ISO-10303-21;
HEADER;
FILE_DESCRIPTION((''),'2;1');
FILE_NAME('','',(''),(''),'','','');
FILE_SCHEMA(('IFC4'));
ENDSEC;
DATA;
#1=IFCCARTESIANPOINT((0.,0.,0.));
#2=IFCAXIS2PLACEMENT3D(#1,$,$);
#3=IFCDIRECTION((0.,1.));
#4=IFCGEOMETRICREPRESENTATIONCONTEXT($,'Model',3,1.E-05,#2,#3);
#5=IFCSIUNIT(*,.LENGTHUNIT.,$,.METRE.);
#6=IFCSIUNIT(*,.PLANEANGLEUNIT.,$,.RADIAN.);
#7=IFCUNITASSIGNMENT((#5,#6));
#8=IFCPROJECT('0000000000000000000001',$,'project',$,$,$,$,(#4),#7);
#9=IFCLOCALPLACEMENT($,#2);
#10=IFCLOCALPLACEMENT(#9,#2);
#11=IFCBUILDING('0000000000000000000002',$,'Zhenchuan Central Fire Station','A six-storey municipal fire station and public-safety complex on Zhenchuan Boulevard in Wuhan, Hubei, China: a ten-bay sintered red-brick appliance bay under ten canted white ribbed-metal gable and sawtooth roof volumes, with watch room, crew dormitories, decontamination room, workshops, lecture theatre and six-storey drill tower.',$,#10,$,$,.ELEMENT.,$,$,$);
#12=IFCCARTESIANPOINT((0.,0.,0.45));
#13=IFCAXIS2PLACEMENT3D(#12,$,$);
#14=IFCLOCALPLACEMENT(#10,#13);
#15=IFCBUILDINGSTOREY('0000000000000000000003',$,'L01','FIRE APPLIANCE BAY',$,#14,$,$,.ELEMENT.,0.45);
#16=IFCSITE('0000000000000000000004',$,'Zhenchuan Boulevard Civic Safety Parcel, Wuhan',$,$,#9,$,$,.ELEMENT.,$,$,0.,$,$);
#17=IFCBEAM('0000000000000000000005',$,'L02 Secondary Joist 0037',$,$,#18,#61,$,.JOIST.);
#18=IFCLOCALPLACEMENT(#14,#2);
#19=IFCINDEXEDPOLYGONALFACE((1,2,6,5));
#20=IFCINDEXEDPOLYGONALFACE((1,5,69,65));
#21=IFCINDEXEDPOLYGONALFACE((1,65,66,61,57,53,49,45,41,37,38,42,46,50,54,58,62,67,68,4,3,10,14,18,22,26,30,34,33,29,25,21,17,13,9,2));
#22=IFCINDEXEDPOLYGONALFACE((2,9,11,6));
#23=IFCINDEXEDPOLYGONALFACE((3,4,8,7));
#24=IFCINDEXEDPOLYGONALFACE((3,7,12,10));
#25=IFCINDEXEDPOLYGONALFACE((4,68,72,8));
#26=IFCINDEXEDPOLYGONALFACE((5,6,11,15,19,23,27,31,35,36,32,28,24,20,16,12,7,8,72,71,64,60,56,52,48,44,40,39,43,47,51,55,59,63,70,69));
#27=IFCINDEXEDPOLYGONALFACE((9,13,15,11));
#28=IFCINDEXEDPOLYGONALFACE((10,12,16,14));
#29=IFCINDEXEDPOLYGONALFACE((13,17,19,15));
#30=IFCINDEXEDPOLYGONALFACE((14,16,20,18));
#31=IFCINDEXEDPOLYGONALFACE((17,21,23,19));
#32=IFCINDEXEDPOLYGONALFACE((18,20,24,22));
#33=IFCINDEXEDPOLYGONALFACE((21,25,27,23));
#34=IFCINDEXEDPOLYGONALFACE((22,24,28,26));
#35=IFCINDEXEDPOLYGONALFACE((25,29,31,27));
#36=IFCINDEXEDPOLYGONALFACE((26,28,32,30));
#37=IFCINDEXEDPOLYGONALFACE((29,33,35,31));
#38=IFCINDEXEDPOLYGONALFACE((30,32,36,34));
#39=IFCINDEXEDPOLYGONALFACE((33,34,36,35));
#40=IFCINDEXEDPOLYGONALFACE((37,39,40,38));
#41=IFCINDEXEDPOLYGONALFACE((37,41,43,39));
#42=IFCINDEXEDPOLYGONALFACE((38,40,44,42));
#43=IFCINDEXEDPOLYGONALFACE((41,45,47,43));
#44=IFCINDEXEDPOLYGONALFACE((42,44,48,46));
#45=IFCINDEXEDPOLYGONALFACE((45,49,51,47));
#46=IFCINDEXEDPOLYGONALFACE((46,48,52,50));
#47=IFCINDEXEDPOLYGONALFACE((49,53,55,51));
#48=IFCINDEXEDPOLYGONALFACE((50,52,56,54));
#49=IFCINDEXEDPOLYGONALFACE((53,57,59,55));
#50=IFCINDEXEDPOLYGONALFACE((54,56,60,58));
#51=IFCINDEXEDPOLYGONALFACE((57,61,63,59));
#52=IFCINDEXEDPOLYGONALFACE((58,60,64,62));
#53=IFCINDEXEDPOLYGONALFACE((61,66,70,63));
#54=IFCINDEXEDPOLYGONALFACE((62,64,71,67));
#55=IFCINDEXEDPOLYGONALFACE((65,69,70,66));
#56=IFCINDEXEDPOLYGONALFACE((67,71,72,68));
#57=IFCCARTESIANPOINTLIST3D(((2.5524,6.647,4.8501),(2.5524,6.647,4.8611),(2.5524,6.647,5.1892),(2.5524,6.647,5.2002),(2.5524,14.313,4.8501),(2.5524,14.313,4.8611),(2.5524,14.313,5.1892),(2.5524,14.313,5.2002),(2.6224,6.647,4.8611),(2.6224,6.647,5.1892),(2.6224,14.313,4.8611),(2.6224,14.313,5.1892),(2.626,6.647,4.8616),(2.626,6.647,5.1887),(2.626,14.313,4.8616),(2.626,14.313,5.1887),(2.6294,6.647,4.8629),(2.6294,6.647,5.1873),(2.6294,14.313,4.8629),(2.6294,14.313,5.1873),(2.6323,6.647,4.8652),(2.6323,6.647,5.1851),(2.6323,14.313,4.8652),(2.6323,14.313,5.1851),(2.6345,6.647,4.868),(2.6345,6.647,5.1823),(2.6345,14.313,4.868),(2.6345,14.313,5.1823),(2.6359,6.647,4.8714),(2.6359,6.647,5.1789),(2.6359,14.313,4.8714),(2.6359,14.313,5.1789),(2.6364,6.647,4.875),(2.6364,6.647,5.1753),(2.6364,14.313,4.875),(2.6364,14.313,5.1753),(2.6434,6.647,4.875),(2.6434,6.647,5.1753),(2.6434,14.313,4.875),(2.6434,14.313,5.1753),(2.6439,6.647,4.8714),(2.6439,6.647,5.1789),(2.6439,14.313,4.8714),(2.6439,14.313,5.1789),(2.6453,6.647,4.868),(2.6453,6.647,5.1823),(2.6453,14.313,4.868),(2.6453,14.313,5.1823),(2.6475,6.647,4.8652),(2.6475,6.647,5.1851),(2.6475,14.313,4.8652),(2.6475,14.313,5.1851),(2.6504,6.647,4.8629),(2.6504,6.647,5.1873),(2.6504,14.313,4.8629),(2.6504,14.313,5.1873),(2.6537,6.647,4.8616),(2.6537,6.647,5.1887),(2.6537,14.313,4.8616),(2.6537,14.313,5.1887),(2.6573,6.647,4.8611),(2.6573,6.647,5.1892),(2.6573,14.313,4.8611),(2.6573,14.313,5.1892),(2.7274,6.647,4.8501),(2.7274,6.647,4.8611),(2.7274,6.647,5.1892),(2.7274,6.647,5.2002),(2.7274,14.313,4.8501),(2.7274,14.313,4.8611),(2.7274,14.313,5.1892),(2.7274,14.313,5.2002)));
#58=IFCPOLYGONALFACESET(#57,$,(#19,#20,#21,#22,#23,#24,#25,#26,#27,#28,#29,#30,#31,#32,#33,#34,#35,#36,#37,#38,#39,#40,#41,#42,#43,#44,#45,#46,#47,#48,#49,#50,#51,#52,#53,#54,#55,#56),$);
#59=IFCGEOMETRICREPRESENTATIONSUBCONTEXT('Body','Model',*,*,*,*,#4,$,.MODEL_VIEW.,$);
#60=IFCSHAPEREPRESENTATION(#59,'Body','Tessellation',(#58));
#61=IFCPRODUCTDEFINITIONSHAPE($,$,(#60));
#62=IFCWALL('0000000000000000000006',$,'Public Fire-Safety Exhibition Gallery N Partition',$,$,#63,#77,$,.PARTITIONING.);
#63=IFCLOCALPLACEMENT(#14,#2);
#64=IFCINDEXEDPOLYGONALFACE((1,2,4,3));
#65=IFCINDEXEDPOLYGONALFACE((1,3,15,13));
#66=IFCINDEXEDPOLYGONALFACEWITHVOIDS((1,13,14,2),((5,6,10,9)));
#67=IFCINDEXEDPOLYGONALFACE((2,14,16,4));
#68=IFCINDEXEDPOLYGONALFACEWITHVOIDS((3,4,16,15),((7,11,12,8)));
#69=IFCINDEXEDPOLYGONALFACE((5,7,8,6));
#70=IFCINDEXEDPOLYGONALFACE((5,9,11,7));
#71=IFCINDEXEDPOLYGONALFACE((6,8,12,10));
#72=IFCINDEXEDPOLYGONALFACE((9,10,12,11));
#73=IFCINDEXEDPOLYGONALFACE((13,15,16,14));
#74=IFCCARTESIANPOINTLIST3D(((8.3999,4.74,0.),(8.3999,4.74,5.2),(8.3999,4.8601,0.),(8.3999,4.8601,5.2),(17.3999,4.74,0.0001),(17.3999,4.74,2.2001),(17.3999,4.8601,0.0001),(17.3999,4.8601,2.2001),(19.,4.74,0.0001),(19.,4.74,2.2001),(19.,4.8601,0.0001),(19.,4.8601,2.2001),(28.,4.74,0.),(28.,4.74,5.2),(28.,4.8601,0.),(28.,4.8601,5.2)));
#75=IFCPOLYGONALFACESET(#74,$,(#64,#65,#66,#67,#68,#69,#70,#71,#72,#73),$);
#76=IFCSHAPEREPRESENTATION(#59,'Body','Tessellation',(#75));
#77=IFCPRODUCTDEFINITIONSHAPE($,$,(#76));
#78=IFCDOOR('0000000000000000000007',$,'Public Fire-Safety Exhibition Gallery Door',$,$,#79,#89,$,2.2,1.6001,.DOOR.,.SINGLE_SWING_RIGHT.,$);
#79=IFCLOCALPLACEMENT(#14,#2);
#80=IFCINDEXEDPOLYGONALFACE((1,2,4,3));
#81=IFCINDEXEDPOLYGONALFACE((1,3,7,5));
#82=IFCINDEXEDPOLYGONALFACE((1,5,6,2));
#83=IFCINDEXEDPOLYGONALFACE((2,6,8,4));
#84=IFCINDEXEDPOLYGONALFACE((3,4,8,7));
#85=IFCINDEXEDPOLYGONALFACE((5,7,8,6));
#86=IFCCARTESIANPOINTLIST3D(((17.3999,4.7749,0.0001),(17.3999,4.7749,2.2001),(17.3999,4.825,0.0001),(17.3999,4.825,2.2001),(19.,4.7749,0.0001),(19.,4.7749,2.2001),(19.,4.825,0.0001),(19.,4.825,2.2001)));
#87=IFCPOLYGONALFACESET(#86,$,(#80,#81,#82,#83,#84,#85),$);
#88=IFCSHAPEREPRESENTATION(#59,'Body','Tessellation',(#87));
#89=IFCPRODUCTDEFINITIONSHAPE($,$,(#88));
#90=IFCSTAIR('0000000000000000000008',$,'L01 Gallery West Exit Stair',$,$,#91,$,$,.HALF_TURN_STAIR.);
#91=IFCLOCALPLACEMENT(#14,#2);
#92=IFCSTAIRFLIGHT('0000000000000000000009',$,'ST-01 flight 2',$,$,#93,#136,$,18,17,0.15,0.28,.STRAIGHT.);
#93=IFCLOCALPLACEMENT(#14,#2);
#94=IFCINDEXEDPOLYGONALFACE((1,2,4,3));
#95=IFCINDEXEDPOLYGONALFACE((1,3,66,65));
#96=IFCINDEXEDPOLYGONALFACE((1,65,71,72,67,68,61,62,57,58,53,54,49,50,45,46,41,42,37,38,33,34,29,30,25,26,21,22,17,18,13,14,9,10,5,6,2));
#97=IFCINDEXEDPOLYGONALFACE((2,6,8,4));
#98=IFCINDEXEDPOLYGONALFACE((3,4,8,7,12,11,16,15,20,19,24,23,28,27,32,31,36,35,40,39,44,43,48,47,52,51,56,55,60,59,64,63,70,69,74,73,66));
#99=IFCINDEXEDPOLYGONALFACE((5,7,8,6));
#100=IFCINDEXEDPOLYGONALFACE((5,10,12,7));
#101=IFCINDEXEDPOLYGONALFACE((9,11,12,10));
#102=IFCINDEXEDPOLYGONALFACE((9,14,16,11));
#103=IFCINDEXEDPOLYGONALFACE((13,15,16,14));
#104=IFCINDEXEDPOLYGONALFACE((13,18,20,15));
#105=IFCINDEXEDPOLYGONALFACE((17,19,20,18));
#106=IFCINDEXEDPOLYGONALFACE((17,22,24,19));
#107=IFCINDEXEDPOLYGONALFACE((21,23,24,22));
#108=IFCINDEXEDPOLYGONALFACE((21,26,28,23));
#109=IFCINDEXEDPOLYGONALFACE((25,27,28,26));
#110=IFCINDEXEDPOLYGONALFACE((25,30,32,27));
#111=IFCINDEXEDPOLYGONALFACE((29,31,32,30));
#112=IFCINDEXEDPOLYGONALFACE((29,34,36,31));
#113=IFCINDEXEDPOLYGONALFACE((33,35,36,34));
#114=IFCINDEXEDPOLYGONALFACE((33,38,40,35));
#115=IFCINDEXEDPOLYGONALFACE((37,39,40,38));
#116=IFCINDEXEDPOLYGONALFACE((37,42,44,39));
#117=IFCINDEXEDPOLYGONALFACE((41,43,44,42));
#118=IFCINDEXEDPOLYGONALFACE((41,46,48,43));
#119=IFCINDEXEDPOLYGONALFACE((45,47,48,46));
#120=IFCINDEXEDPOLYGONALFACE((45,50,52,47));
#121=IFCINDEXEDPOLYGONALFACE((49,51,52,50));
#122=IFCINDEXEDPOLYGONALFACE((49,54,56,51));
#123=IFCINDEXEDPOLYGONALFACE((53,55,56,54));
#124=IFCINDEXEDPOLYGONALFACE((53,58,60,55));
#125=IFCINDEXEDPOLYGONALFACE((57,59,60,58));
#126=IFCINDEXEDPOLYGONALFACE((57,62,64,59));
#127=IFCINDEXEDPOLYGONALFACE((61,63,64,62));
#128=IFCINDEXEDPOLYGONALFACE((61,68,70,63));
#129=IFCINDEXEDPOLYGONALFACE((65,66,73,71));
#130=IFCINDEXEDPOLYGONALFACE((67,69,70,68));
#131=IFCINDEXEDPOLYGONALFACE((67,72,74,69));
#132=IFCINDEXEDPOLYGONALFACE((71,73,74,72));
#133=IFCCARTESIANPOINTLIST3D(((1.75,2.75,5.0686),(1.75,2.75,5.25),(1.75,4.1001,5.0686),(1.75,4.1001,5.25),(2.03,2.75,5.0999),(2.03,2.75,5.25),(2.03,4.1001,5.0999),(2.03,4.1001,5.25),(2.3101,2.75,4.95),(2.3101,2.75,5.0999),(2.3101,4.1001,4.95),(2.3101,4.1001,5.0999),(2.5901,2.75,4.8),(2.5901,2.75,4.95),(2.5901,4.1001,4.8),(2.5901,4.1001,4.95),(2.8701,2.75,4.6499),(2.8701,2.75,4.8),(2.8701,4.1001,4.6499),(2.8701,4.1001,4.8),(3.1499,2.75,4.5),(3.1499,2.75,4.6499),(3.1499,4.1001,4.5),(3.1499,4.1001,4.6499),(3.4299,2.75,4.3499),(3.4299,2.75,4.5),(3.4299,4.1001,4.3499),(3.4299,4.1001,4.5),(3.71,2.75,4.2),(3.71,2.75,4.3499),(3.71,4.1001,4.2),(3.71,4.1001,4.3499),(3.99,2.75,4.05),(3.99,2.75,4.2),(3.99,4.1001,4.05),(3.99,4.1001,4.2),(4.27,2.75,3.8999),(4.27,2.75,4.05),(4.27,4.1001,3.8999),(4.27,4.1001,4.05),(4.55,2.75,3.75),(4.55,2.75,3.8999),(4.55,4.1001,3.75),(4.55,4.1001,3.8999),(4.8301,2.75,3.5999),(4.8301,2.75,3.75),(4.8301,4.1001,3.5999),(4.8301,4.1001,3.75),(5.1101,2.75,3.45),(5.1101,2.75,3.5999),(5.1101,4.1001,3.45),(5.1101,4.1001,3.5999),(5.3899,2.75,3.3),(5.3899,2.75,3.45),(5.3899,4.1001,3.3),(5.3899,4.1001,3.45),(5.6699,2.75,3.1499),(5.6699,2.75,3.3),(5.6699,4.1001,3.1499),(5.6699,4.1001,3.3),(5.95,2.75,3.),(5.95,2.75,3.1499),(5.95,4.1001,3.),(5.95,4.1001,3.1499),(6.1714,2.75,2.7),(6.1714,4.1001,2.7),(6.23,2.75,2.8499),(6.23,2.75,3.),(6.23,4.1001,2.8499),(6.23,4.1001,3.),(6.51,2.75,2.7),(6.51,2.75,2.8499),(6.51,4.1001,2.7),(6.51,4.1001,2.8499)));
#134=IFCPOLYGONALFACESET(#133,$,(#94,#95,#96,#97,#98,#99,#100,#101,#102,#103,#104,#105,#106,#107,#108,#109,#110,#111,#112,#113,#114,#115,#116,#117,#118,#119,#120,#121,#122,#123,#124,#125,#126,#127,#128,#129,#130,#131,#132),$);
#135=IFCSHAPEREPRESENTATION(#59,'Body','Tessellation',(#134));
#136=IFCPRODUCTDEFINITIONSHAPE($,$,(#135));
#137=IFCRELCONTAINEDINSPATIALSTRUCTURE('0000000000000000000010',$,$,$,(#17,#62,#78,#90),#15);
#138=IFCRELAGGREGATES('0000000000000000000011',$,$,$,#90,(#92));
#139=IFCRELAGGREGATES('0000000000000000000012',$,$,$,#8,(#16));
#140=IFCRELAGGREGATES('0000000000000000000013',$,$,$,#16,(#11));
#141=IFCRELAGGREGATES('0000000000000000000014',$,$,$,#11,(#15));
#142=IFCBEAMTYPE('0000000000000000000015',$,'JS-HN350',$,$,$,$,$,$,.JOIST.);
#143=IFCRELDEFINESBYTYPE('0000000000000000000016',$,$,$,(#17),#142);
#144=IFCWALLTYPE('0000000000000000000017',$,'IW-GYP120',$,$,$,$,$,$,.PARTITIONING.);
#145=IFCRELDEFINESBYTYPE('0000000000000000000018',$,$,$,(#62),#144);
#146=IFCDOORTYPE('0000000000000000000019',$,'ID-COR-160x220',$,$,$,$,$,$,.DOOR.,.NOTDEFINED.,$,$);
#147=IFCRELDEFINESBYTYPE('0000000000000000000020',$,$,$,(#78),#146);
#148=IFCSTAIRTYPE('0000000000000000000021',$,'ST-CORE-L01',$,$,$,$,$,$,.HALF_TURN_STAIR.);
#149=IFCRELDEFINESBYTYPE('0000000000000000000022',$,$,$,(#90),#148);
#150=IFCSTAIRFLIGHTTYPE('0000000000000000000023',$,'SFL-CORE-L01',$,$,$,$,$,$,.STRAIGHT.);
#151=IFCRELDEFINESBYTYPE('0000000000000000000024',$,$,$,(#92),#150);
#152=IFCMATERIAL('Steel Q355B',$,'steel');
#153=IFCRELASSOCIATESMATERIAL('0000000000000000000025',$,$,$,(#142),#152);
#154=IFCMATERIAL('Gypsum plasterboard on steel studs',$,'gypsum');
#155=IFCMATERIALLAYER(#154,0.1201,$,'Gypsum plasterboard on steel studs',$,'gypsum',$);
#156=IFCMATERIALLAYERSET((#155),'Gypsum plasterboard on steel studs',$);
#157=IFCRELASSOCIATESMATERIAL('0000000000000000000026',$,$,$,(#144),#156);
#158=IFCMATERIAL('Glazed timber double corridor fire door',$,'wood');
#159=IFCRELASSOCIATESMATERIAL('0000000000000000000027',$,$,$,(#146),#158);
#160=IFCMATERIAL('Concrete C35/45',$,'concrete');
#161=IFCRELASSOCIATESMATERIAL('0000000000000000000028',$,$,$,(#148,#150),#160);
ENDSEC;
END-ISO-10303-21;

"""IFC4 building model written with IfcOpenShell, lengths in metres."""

from ifc_helpers import new_model, si_unit, direction, frame, frame_2d, origin, origin_2d, place, context, subcontext, project, spatial, polyline, rectangle, i_section, outline, extrude, material, layer, layer_set, material_profile, profile_set, type_object, element, fill, aggregate, save


model = new_model("IFC4")

# Units and contexts
model_context = context("Model", 3, precision=1e-05, world=origin(), true_north=direction((0.0, 1.0)))
body_context = subcontext(model_context, "Body", "Model", "MODEL_VIEW")
ifc_project = project(units=[si_unit("LENGTHUNIT", "METRE"), si_unit("PLANEANGLEUNIT", "RADIAN")], contexts=[model_context])

# Site, building, storey
site_placement = place(None, origin())
site = spatial("IfcSite", under=ifc_project, at=site_placement, Name="Zhenchuan Boulevard Civic Safety Parcel, Wuhan", CompositionType="ELEMENT", RefElevation=0.0)
building_placement = place(site_placement, origin())
building = spatial("IfcBuilding", under=site, at=building_placement, Name="Zhenchuan Central Fire Station", Description="A six-storey municipal fire station and public-safety complex on Zhenchuan Boulevard in Wuhan, Hubei, China: a ten-bay sintered red-brick appliance bay under ten canted white ribbed-metal gable and sawtooth roof volumes, with watch room, crew dormitories, decontamination room, workshops, lecture theatre and six-storey drill tower.", CompositionType="ELEMENT")
storey_placement = place(building_placement, frame((0.0, 0.0, 0.45)))
storey = spatial("IfcBuildingStorey", under=building, at=storey_placement, Name="L01", Description="FIRE APPLIANCE BAY", CompositionType="ELEMENT", Elevation=0.45)

# Shared definitions
ifc_material_1 = material(Name="Concrete C35/45", Category="concrete")

# Shared definitions
ifc_material_2 = material(Name="Steel Q355B", Category="steel")

# Beam
ifc_material_profile_1 = material_profile(ifc_material_2, i_section(OverallWidth=0.175, OverallDepth=0.3501, WebThickness=0.0071, FlangeThickness=0.011, FilletRadius=0.0139, at=origin_2d()), Name="HN 350x175")
ifc_profile_set_1 = profile_set([ifc_material_profile_1], Name="Steel Q355B")
beam_type_1 = type_object("IfcBeamType", Name="JS-HN350", PredefinedType="JOIST", material=ifc_profile_set_1)
beam_1_placement = place(storey_placement, frame((2.6399, 6.647, 5.0251), z_axis=(0.0, 1.0, 0.0), x_axis=(-1.0, 0.0, 0.0)))
element("IfcBeam", 1, at=beam_1_placement, inside=storey, type_object=beam_type_1, Name="L02 Secondary Joist 0037", PredefinedType="JOIST", context=body_context, shape_type="SweptSolid", body=[
    extrude(i_section(OverallWidth=0.175, OverallDepth=0.3501, WebThickness=0.0071, FlangeThickness=0.011, FilletRadius=0.0139, at=origin_2d()), origin(), (0.0, 0.0, 1.0), 7.666),
])

# Wall, opening, door
ifc_material_3 = material(Name="Gypsum plasterboard on steel studs", Category="gypsum")
ifc_layer = layer(ifc_material_3, 0.1201, Name="Gypsum plasterboard on steel studs", Category="gypsum")
ifc_layer_set = layer_set([ifc_layer], Name="Gypsum plasterboard on steel studs")
wall_type = type_object("IfcWallType", Name="IW-GYP120", PredefinedType="PARTITIONING", material=ifc_layer_set)
wall_placement = place(storey_placement, frame((8.3999, 4.8, 0.0), z_axis=(0.0, 0.0, 1.0), x_axis=(1.0, 0.0, 0.0)))
wall = element("IfcWall", 2, at=wall_placement, inside=storey, type_object=wall_type, Name="Public Fire-Safety Exhibition Gallery N Partition", PredefinedType="PARTITIONING", context=body_context, shape_type="SweptSolid", body=[
    extrude(rectangle(XDim=19.6001, YDim=0.1201, at=frame_2d((9.8, 0.0))), origin(), (0.0, 0.0, 1.0), 5.2),
])
opening_placement = place(wall_placement, frame((9.0, 0.0, 0.0)))
opening = element("IfcOpeningElement", 3, at=opening_placement, cuts=wall, PredefinedType="OPENING", context=body_context, shape_type="SweptSolid", body=[
    extrude(rectangle(XDim=1.6001, YDim=2.2, at=frame_2d((0.8, 1.1001))), frame((0.0, 0.0701, 0.0), z_axis=(0.0, -1.0, 0.0), x_axis=(1.0, 0.0, 0.0)), (0.0, 0.0, 1.0), 0.1401),
])
ifc_material_4 = material(Name="Glazed timber double corridor fire door", Category="wood")
door_type = type_object("IfcDoorType", Name="ID-COR-160x220", OperationType="NOTDEFINED", PredefinedType="DOOR", material=ifc_material_4)
door_placement = place(opening_placement, origin())
door = element("IfcDoor", 4, at=door_placement, inside=storey, type_object=door_type, Name="Public Fire-Safety Exhibition Gallery Door", OperationType="SINGLE_SWING_RIGHT", OverallHeight=2.2, OverallWidth=1.6001, PredefinedType="DOOR", context=body_context, shape_type="SweptSolid", body=[
    extrude(rectangle(XDim=1.6001, YDim=2.2, at=frame_2d((0.8, 1.1001))), frame((0.0, 0.0249, 0.0), z_axis=(0.0, -1.0, 0.0), x_axis=(1.0, 0.0, 0.0)), (0.0, 0.0, 1.0), 0.05),
])
fill(opening, door)

# Stair, stair flight
stair_type = type_object("IfcStairType", Name="ST-CORE-L01", PredefinedType="HALF_TURN_STAIR", material=ifc_material_1)
stair_placement = place(storey_placement, origin())
stair = element("IfcStair", 5, at=stair_placement, inside=storey, type_object=stair_type, Name="L01 Gallery West Exit Stair", PredefinedType="HALF_TURN_STAIR")
stair_flight_type = type_object("IfcStairFlightType", Name="SFL-CORE-L01", PredefinedType="STRAIGHT", material=ifc_material_1)
stair_flight_placement = place(storey_placement, frame((6.51, 3.425, 2.7), z_axis=(0.0, 0.0, 1.0), x_axis=(-1.0, 0.0, 0.0)))
stair_flight = element("IfcStairFlight", 6, at=stair_flight_placement, type_object=stair_flight_type, Name="ST-01 flight 2", NumberOfRisers=18, NumberOfTreads=17, PredefinedType="STRAIGHT", RiserHeight=0.15, TreadLength=0.28, context=body_context, shape_type="SweptSolid", body=[
    extrude(outline(polyline([(0.0, 0.0), (0.0, 0.1499), (0.28, 0.1499), (0.28, 0.3), (0.5601, 0.3), (0.5601, 0.45), (0.8401, 0.45), (0.8401, 0.6001), (1.1201, 0.6001), (1.1201, 0.75), (1.3999, 0.75), (1.3999, 0.8999), (1.6799, 0.8999), (1.6799, 1.05), (1.96, 1.05), (1.96, 1.2), (2.24, 1.2), (2.24, 1.3501), (2.52, 1.3501), (2.52, 1.5), (2.8, 1.5), (2.8, 1.6499), (3.0801, 1.6499), (3.0801, 1.8), (3.3601, 1.8), (3.3601, 1.95), (3.6399, 1.95), (3.6399, 2.1001), (3.9199, 2.1001), (3.9199, 2.25), (4.2, 2.25), (4.2, 2.3999), (4.48, 2.3999), (4.48, 2.55), (4.76, 2.55), (4.76, 2.7), (4.76, 2.3687), (0.3386, 0.0), (0.0, 0.0)])), frame((0.0, 0.675, 0.0), z_axis=(0.0, -1.0, 0.0), x_axis=(1.0, 0.0, 0.0)), (0.0, 0.0, 1.0), 1.3501),
])
aggregate(stair, [stair_flight])

save(model, "model.ifc")
